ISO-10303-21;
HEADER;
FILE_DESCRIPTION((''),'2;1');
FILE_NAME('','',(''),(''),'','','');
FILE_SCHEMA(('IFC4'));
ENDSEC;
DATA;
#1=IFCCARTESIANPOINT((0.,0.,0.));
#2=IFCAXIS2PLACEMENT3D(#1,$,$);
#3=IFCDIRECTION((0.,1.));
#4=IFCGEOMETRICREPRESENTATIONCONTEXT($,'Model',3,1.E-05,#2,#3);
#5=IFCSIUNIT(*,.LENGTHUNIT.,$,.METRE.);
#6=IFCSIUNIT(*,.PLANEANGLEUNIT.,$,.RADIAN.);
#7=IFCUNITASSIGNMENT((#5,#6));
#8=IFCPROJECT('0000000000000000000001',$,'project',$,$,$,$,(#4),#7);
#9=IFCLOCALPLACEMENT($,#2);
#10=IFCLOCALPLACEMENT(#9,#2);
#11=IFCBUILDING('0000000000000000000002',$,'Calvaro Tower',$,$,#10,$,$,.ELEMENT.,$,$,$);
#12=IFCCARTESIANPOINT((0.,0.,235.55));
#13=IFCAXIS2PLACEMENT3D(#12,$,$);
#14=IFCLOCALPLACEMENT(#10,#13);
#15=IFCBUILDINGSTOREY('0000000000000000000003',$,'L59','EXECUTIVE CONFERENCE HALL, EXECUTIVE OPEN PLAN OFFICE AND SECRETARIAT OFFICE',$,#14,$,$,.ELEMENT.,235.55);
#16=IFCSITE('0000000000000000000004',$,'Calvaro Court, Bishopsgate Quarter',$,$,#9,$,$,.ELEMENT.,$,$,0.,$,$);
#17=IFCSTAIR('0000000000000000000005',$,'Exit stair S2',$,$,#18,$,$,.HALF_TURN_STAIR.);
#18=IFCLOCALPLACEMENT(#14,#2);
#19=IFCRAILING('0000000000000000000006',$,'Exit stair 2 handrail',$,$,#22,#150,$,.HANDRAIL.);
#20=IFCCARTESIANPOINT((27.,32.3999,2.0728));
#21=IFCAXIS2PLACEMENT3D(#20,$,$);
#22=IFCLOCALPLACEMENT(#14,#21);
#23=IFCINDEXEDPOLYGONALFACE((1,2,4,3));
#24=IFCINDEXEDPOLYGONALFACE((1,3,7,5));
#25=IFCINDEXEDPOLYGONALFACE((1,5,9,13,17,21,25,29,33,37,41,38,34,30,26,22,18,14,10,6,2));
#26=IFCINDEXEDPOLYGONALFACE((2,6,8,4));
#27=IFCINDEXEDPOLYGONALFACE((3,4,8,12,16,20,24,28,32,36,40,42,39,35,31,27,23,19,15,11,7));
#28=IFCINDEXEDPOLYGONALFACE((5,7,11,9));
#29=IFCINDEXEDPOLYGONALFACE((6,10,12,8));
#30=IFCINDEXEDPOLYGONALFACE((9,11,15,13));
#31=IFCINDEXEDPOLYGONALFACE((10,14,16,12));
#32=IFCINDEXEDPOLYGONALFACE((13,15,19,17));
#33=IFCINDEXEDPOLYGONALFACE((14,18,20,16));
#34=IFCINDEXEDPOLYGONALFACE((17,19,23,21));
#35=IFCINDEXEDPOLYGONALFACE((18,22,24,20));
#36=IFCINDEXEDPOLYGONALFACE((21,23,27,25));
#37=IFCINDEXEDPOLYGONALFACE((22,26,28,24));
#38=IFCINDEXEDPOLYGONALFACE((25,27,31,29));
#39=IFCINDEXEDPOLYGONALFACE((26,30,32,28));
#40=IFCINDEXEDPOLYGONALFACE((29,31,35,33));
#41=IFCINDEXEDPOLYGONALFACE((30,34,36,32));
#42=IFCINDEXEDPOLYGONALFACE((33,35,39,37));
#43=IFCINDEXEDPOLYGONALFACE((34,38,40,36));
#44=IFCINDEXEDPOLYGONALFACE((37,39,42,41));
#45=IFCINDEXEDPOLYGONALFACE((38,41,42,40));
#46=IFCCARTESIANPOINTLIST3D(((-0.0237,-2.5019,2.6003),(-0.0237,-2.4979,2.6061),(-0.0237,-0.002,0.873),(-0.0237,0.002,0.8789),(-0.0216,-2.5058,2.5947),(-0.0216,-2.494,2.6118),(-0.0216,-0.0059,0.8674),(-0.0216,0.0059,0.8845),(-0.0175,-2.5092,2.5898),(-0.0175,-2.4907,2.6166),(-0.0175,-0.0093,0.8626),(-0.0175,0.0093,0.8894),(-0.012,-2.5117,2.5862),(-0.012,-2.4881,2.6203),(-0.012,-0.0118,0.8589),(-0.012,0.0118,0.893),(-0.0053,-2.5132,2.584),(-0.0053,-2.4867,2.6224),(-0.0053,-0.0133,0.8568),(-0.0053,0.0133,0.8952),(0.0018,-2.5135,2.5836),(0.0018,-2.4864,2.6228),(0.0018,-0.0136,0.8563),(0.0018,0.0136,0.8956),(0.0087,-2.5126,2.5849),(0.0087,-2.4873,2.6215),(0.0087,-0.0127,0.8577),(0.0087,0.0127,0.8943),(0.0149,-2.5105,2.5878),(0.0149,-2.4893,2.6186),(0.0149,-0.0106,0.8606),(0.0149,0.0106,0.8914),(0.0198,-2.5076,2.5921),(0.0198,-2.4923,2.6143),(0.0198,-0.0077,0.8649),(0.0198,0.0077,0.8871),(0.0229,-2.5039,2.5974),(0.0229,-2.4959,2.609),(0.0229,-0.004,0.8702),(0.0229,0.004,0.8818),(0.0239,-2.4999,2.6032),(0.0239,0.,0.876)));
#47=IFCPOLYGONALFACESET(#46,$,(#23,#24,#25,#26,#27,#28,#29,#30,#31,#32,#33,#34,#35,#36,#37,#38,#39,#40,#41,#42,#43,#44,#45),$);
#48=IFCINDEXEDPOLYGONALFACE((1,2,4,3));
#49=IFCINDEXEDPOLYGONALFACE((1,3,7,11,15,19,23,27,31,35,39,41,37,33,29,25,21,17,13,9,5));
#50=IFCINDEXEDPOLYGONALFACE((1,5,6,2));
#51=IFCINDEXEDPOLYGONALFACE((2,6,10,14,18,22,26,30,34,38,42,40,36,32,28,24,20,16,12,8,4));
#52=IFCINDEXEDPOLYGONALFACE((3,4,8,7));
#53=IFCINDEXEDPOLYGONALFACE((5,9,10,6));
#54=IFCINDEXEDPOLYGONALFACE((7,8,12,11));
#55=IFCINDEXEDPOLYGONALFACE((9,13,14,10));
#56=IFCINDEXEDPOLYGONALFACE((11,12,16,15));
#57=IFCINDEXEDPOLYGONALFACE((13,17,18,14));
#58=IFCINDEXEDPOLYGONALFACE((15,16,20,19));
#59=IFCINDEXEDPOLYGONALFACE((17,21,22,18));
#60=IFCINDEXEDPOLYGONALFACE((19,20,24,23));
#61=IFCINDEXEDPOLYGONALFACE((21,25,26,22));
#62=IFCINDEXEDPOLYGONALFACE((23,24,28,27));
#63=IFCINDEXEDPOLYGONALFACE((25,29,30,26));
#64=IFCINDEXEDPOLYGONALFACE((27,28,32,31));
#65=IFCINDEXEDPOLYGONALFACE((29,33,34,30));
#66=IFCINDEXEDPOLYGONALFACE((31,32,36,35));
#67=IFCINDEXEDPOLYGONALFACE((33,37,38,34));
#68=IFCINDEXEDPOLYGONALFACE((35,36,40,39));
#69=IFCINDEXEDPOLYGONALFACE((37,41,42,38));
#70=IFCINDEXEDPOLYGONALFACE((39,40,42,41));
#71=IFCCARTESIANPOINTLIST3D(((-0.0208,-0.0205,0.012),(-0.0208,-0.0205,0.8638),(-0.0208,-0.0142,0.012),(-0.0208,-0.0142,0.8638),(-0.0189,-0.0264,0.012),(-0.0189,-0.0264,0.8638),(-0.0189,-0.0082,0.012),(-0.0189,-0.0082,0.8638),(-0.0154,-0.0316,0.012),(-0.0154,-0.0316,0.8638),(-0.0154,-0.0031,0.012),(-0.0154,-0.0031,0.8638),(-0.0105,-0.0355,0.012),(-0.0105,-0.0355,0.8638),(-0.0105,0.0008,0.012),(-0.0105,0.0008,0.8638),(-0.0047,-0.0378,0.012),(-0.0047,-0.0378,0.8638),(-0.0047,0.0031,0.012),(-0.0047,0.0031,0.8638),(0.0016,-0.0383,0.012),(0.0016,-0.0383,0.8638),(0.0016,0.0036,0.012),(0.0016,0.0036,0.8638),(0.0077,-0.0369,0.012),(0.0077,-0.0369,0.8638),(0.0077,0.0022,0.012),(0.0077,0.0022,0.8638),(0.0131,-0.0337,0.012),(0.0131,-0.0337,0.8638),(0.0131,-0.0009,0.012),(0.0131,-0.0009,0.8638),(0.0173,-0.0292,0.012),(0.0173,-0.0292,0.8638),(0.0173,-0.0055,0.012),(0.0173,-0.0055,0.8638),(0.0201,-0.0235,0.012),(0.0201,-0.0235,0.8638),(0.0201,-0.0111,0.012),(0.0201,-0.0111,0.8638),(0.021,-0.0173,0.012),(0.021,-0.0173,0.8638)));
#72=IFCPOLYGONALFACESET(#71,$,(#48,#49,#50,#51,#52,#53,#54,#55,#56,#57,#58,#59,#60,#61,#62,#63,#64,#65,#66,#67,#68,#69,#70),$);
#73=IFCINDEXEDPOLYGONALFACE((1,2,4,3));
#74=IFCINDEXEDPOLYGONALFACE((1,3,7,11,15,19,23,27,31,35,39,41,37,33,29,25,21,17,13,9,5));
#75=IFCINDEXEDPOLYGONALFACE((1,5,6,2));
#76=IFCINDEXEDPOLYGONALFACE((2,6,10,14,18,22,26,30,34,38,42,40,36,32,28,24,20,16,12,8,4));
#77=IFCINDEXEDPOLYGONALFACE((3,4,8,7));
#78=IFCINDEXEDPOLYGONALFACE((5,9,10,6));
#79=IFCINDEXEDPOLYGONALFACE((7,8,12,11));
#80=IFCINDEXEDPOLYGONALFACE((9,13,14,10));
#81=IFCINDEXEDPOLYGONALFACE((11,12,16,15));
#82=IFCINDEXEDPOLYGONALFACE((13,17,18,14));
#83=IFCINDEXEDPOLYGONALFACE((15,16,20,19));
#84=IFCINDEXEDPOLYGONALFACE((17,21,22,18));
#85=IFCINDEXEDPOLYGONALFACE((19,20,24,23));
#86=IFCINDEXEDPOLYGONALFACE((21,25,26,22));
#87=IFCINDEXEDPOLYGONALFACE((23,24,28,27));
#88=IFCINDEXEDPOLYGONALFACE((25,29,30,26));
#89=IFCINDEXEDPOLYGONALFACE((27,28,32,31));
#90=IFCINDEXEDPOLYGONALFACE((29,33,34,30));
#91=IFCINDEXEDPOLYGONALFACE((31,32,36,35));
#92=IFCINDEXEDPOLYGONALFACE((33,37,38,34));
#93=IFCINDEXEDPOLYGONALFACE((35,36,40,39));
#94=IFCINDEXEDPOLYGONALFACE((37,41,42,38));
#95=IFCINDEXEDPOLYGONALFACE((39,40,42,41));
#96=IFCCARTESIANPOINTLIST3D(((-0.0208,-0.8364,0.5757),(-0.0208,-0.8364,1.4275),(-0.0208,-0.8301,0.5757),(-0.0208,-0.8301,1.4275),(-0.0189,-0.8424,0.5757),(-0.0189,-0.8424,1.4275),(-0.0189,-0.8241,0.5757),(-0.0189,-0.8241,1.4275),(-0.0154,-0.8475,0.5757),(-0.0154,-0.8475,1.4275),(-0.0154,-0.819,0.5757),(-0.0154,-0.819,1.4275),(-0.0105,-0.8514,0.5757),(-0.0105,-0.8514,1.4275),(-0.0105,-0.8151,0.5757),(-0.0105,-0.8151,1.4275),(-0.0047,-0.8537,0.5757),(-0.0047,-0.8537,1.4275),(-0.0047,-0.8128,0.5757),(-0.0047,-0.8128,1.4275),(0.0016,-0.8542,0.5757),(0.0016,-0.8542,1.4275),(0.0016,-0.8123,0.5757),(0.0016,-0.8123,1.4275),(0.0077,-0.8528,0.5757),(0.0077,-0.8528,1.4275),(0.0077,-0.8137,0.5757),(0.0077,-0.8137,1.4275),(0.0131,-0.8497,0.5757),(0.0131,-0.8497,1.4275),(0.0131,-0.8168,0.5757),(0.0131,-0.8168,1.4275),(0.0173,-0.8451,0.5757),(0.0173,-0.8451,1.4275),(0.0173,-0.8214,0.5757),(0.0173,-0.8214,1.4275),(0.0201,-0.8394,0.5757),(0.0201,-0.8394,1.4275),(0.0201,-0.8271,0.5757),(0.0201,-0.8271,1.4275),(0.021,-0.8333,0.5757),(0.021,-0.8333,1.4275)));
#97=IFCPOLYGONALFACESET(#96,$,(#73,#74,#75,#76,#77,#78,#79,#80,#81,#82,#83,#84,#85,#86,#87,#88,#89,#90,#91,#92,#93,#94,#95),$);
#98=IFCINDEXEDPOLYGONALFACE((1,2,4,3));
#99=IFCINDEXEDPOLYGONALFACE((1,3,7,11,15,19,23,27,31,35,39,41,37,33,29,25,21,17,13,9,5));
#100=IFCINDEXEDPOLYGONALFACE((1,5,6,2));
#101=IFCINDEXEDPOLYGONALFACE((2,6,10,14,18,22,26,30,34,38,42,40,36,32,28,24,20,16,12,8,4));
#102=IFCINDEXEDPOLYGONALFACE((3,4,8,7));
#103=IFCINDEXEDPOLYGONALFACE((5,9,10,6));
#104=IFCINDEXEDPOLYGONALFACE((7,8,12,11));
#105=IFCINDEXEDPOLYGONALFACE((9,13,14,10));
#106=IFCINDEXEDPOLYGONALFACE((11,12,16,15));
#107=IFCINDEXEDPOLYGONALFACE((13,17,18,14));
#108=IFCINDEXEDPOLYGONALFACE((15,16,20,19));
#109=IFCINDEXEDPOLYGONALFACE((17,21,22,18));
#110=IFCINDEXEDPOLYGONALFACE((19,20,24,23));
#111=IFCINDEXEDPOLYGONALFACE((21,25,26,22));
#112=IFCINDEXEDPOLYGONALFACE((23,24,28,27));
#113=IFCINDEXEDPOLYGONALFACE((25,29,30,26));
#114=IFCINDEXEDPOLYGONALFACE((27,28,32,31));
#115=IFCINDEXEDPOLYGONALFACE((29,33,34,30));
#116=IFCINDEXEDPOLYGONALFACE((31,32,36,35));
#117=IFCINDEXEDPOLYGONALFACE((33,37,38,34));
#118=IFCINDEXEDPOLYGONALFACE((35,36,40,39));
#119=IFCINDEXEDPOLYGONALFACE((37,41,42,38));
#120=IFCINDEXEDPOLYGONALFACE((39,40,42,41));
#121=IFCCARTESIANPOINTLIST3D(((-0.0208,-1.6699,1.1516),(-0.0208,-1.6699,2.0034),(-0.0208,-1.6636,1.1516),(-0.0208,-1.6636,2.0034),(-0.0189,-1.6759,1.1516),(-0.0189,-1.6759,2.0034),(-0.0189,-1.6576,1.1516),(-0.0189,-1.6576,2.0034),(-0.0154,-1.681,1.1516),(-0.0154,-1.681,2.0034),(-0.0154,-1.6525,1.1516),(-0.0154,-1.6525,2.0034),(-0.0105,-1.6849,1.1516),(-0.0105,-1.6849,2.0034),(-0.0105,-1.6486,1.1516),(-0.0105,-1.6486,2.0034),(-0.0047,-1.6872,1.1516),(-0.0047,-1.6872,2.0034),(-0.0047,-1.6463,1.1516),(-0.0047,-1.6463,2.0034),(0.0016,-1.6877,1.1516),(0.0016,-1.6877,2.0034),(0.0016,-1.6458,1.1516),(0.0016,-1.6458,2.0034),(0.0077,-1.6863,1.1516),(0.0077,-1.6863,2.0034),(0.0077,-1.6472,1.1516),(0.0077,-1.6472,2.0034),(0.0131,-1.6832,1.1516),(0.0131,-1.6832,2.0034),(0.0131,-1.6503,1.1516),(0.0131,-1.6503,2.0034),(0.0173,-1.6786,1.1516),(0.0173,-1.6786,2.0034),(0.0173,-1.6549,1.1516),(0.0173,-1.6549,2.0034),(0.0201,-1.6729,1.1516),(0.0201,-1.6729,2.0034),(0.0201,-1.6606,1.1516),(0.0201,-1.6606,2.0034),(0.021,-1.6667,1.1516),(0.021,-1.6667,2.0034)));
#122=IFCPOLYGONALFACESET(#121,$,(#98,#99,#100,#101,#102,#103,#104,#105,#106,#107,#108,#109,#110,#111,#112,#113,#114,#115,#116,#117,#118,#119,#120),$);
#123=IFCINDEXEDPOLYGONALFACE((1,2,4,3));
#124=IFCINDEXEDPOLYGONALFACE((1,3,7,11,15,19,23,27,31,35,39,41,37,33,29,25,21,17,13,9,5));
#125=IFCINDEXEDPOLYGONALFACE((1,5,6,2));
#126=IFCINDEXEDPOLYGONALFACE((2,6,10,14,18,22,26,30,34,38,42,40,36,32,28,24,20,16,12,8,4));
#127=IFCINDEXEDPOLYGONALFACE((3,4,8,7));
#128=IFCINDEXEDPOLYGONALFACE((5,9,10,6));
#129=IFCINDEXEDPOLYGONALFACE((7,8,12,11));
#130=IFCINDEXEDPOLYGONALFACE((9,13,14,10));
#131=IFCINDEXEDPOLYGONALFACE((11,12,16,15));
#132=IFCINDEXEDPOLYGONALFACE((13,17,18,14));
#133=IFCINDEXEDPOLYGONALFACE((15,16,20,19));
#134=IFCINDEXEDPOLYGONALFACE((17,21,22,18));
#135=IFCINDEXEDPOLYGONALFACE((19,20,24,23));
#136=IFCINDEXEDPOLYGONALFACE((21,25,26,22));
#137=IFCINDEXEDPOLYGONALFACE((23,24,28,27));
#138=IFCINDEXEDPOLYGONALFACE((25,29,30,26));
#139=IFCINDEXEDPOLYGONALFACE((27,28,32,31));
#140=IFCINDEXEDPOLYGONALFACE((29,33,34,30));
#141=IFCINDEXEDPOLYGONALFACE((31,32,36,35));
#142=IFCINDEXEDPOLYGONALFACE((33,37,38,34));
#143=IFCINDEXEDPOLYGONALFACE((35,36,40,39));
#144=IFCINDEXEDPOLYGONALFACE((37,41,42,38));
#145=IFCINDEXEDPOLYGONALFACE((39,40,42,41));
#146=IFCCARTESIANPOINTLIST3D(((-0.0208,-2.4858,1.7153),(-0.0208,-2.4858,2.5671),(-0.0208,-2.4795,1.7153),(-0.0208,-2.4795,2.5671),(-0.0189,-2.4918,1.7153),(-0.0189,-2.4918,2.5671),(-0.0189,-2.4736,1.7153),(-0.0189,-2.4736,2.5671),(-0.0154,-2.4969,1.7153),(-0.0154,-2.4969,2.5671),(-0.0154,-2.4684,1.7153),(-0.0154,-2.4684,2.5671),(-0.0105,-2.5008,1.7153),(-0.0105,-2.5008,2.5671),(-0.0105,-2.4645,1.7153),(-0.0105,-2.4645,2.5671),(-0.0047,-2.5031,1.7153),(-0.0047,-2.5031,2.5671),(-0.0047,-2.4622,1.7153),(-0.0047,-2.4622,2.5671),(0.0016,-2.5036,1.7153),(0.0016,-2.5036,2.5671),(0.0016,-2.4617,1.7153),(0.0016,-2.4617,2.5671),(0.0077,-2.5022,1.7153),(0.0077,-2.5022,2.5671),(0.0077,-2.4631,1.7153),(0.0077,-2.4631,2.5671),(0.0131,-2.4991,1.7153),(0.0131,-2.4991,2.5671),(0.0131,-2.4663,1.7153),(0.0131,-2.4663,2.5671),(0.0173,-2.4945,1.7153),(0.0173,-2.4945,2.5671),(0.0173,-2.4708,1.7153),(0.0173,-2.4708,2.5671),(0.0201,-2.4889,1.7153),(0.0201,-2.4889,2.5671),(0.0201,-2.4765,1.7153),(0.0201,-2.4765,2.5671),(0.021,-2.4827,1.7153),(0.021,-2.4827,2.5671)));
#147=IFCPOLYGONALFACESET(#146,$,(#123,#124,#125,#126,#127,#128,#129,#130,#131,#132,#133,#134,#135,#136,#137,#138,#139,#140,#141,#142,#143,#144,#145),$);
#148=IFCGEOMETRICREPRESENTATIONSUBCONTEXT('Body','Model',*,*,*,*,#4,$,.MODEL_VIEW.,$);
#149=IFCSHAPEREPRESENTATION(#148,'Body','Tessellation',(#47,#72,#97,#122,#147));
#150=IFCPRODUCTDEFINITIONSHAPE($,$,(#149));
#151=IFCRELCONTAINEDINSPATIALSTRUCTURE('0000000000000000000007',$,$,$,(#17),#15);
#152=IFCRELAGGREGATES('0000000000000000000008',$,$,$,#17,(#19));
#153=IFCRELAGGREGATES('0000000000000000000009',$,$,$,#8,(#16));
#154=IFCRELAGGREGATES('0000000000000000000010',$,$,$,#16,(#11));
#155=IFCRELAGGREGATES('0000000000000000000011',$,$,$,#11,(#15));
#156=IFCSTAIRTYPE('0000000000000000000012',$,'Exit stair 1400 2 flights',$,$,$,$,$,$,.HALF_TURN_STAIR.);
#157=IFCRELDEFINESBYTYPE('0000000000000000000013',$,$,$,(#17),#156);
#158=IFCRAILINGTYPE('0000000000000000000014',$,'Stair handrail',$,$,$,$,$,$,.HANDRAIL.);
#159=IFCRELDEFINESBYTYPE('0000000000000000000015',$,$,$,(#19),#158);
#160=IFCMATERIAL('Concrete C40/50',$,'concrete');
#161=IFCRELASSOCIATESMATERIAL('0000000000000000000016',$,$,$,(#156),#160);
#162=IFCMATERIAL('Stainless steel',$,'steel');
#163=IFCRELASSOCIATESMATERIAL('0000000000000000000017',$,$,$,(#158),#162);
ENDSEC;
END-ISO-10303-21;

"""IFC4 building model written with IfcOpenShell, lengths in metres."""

from ifc_helpers import new_model, si_unit, direction, frame, origin, origin_2d, place, context, subcontext, project, spatial, circle, extrude, material, type_object, element, aggregate, save


model = new_model("IFC4")

# Units and contexts
model_context = context("Model", 3, precision=1e-05, world=origin(), true_north=direction((0.0, 1.0)))
body_context = subcontext(model_context, "Body", "Model", "MODEL_VIEW")
ifc_project = project(units=[si_unit("LENGTHUNIT", "METRE"), si_unit("PLANEANGLEUNIT", "RADIAN")], contexts=[model_context])

# Site, building, storey
site_placement = place(None, origin())
site = spatial("IfcSite", under=ifc_project, at=site_placement, Name="Calvaro Court, Bishopsgate Quarter", CompositionType="ELEMENT", RefElevation=0.0)
building_placement = place(site_placement, origin())
building = spatial("IfcBuilding", under=site, at=building_placement, Name="Calvaro Tower", CompositionType="ELEMENT")
storey_placement = place(building_placement, frame((0.0, 0.0, 235.55)))
storey = spatial("IfcBuildingStorey", under=building, at=storey_placement, Name="L59", Description="EXECUTIVE CONFERENCE HALL, EXECUTIVE OPEN PLAN OFFICE AND SECRETARIAT OFFICE", CompositionType="ELEMENT", Elevation=235.55)

# Stair, railing
ifc_material_1 = material(Name="Concrete C40/50", Category="concrete")
stair_type = type_object("IfcStairType", Name="Exit stair 1400 2 flights", PredefinedType="HALF_TURN_STAIR", material=ifc_material_1)
stair_placement = place(storey_placement, origin())
stair = element("IfcStair", 1, at=stair_placement, inside=storey, type_object=stair_type, Name="Exit stair S2", PredefinedType="HALF_TURN_STAIR")
ifc_material_2 = material(Name="Stainless steel", Category="steel")
railing_type = type_object("IfcRailingType", Name="Stair handrail", PredefinedType="HANDRAIL", material=ifc_material_2)
railing_1_placement = place(storey_placement, frame((27.0, 32.3999, 2.0728)))
railing_1 = element("IfcRailing", 2, at=railing_1_placement, type_object=railing_type, Name="Exit stair 2 handrail", PredefinedType="HANDRAIL", context=body_context, shape_type="SweptSolid", body=[
    extrude(circle(Radius=0.0239, at=origin_2d()), frame((0.0, 0.0, 0.876), z_axis=(0.0, -0.822727, 0.568437), x_axis=(1.0, 0.0, 0.0)), (0.0, 0.0, 1.0), 3.0386),
    extrude(circle(Radius=0.021, at=origin_2d()), frame((0.0, -0.0173, 0.012)), (0.0, 0.0, 1.0), 0.8518),
    extrude(circle(Radius=0.021, at=origin_2d()), frame((0.0, -0.8333, 0.5757)), (0.0, 0.0, 1.0), 0.8518),
    extrude(circle(Radius=0.021, at=origin_2d()), frame((0.0, -1.6667, 1.1516)), (0.0, 0.0, 1.0), 0.8518),
    extrude(circle(Radius=0.021, at=origin_2d()), frame((0.0, -2.4827, 1.7153)), (0.0, 0.0, 1.0), 0.8518),
])
aggregate(stair, [railing_1])

save(model, "model.ifc")
